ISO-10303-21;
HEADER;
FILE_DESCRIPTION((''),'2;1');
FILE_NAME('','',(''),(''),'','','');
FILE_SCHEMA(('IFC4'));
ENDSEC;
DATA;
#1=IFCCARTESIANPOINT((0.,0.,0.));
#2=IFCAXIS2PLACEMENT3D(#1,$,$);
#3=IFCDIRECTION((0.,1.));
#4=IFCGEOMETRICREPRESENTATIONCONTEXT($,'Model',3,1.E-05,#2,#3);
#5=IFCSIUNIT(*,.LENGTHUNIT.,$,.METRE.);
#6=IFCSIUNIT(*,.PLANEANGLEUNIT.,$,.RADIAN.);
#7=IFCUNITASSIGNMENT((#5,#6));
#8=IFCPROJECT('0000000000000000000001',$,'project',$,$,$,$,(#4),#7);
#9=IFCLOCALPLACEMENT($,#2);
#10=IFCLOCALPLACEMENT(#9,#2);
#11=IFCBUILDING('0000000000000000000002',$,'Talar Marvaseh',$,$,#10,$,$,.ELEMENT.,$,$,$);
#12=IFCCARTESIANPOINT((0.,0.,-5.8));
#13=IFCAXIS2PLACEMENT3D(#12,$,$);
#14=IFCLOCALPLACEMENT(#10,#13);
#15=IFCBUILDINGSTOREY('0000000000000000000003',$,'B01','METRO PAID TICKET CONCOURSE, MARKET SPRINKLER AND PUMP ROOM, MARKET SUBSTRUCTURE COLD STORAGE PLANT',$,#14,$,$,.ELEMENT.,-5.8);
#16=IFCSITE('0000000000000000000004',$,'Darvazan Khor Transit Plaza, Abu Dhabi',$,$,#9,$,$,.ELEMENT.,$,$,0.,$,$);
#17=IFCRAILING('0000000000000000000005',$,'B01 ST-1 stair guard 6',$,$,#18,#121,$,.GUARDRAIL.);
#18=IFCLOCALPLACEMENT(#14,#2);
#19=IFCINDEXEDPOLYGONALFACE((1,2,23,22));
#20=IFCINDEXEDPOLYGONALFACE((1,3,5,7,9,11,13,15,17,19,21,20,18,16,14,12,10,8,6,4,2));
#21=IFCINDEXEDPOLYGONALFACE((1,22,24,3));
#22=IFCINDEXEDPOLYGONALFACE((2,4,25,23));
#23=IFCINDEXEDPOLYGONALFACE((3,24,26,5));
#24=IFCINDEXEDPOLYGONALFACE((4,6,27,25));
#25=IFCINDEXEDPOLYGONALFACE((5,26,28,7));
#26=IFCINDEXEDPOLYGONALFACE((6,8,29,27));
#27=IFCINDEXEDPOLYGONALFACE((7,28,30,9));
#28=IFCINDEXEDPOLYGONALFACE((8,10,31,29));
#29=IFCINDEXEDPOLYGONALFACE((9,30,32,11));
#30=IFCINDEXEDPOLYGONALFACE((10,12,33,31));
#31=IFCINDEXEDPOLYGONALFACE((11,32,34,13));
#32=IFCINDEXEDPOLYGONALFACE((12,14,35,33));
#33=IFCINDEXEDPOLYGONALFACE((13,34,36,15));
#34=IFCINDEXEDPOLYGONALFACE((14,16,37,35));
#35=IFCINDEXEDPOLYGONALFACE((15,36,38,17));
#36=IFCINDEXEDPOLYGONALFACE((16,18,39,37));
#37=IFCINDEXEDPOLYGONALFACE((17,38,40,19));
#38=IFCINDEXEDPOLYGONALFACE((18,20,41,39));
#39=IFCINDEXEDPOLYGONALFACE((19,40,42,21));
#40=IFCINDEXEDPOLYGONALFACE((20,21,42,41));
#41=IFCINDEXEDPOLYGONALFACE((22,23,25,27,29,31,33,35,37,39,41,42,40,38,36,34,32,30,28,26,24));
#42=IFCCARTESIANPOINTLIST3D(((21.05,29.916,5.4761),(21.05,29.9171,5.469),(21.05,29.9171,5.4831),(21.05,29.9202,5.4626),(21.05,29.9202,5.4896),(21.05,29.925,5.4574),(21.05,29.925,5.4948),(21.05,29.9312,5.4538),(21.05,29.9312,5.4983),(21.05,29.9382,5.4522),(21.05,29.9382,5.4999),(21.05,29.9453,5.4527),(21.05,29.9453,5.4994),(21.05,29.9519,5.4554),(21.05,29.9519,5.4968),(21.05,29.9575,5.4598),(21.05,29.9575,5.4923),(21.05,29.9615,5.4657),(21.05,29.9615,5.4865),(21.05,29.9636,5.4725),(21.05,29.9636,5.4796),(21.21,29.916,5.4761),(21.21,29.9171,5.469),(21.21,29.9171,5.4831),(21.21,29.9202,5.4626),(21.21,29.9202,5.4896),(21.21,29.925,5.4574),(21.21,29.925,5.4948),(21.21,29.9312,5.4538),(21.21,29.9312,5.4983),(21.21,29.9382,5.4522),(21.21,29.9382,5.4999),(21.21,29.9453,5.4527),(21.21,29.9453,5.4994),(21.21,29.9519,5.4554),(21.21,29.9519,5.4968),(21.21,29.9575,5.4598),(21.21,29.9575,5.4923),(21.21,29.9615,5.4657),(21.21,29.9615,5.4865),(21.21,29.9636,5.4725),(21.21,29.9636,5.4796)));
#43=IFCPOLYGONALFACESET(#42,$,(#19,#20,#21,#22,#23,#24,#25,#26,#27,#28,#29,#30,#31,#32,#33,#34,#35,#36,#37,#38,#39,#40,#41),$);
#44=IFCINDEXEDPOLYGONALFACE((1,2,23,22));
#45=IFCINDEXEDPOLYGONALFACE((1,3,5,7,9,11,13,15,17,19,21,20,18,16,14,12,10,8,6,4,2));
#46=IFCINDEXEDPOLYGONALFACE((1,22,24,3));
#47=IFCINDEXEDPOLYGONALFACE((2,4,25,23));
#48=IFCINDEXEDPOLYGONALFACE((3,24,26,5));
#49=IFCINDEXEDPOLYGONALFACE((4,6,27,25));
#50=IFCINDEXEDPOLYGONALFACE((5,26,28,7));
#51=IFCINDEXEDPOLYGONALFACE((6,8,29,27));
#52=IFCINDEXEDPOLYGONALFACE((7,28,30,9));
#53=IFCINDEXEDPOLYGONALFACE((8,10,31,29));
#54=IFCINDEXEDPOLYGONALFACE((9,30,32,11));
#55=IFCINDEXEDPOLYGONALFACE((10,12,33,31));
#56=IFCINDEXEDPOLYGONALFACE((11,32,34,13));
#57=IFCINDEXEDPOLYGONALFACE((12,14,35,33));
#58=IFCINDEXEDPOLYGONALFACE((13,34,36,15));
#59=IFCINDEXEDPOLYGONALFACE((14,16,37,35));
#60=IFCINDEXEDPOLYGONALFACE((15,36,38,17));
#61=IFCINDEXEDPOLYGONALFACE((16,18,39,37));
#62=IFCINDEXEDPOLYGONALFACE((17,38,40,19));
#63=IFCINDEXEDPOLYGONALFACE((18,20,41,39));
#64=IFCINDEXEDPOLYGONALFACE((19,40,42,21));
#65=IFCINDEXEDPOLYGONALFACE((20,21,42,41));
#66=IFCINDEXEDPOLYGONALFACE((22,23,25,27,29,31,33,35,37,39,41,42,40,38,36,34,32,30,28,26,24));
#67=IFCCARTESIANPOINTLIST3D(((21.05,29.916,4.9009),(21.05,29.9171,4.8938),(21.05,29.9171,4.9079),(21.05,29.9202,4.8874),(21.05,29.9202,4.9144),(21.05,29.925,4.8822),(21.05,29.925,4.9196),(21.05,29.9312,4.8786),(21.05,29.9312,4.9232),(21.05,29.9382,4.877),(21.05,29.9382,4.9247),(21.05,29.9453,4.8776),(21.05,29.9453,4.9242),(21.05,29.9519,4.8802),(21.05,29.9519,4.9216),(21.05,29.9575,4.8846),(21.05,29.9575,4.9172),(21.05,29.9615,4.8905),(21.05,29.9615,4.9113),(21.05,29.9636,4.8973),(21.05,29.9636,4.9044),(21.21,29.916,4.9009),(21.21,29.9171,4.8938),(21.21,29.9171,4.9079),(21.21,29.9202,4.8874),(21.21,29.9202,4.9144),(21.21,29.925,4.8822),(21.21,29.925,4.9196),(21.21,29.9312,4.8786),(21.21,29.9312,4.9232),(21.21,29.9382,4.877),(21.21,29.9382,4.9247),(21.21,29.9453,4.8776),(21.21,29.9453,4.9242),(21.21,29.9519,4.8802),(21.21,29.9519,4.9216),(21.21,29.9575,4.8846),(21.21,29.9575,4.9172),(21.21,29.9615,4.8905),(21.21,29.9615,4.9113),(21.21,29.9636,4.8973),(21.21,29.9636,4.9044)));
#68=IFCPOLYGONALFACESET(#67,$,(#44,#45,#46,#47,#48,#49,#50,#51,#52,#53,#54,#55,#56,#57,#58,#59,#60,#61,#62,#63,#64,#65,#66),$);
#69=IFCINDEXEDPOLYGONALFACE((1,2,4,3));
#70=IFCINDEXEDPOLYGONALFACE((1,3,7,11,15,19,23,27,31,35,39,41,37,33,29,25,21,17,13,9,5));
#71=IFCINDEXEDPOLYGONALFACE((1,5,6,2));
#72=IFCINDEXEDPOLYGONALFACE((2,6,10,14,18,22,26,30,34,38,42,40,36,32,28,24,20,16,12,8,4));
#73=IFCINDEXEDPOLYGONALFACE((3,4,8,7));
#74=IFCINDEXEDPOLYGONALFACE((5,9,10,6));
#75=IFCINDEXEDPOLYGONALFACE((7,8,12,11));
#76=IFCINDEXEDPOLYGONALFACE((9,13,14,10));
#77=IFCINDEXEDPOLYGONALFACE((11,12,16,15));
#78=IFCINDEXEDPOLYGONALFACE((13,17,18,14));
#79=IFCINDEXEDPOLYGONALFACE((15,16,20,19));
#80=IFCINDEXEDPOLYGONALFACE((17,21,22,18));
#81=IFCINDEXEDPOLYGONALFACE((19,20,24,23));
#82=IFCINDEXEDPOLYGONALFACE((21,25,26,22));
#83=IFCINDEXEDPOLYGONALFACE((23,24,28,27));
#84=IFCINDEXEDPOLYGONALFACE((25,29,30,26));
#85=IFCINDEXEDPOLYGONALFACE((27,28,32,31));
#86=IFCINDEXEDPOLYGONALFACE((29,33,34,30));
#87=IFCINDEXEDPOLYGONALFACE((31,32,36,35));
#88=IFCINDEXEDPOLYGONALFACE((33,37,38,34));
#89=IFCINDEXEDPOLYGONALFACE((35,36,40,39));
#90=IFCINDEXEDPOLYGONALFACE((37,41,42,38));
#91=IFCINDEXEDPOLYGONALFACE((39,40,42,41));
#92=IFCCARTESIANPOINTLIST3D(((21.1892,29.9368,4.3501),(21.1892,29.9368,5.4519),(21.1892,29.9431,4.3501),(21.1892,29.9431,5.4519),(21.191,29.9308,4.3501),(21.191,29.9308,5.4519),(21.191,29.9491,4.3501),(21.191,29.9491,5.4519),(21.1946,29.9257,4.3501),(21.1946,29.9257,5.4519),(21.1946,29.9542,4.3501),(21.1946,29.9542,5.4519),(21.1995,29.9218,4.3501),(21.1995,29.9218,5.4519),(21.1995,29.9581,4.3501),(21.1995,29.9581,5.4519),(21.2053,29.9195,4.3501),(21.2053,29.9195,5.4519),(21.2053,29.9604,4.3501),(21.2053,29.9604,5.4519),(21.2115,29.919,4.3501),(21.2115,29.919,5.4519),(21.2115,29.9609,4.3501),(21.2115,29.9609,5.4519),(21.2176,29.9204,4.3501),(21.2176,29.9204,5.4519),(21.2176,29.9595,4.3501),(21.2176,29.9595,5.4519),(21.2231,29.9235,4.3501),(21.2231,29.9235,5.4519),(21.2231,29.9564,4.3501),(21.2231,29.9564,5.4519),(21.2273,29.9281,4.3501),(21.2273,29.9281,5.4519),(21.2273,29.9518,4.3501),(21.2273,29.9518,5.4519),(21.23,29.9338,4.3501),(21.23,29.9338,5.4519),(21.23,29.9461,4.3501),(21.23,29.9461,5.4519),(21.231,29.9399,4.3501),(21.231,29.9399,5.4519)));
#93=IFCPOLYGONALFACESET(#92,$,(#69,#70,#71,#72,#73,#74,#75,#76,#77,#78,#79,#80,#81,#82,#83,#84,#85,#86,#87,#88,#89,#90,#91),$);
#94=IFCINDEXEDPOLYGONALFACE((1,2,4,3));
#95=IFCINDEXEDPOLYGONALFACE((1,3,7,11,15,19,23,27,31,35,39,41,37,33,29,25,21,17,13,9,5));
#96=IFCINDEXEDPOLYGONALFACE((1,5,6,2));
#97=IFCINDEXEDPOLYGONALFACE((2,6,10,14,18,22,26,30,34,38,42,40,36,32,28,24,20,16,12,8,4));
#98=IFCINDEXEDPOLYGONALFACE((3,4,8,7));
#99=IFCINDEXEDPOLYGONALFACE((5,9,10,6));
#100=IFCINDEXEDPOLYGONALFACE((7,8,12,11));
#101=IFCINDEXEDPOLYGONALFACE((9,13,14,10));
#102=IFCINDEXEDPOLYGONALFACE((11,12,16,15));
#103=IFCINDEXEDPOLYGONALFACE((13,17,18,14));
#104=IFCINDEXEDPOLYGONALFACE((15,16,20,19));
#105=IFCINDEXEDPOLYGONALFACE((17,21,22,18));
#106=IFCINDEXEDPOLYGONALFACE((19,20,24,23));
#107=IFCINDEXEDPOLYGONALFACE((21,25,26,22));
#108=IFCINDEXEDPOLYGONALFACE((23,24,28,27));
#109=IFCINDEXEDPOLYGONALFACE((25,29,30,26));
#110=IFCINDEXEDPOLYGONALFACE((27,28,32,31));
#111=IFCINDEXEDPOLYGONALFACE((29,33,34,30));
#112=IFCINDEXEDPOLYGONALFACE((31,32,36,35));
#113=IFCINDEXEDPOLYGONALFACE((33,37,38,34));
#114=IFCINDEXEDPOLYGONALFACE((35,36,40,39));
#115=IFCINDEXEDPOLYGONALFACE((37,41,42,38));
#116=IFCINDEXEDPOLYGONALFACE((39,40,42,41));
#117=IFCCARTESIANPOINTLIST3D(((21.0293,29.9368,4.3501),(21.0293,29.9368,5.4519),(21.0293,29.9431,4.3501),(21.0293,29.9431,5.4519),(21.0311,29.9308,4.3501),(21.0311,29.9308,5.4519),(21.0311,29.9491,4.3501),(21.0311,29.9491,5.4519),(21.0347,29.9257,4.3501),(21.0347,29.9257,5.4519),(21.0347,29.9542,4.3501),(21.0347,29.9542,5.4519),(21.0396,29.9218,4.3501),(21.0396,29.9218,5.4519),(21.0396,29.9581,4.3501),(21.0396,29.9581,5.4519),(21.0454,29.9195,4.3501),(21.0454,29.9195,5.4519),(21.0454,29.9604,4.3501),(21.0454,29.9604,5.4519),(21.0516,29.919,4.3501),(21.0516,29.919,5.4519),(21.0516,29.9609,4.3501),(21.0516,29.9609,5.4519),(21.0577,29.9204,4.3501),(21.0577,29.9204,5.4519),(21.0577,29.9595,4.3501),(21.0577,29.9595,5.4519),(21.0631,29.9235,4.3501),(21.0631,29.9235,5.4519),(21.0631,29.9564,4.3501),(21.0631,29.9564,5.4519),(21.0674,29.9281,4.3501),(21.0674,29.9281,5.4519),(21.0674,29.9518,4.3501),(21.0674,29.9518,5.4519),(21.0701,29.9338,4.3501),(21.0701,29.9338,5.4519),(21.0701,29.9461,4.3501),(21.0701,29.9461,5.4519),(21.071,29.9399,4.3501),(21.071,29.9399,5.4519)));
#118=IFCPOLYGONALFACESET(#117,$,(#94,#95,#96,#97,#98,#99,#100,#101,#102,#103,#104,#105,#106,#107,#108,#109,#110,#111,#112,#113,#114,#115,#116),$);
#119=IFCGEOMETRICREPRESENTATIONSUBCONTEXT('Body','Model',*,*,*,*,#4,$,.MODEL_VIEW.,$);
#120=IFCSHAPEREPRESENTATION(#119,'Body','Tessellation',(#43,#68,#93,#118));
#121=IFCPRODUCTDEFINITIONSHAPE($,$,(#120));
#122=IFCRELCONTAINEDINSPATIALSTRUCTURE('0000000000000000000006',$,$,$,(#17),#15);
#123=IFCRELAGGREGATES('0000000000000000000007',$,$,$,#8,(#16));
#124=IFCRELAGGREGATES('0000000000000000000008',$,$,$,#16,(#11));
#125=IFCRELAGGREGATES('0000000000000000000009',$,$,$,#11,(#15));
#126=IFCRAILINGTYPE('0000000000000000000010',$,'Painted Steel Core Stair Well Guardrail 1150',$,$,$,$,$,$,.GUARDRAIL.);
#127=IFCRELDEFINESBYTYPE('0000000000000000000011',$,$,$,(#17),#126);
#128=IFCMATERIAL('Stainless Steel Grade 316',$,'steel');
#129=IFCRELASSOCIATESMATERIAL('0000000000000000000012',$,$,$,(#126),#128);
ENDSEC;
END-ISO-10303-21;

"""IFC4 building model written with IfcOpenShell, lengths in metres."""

from ifc_helpers import new_model, si_unit, direction, frame, origin, origin_2d, place, context, subcontext, project, spatial, circle, extrude, material, type_object, element, save


model = new_model("IFC4")

# Units and contexts
model_context = context("Model", 3, precision=1e-05, world=origin(), true_north=direction((0.0, 1.0)))
body_context = subcontext(model_context, "Body", "Model", "MODEL_VIEW")
ifc_project = project(units=[si_unit("LENGTHUNIT", "METRE"), si_unit("PLANEANGLEUNIT", "RADIAN")], contexts=[model_context])

# Site, building, storey
site_placement = place(None, origin())
site = spatial("IfcSite", under=ifc_project, at=site_placement, Name="Darvazan Khor Transit Plaza, Abu Dhabi", CompositionType="ELEMENT", RefElevation=0.0)
building_placement = place(site_placement, origin())
building = spatial("IfcBuilding", under=site, at=building_placement, Name="Talar Marvaseh", CompositionType="ELEMENT")
storey_placement = place(building_placement, frame((0.0, 0.0, -5.8)))
storey = spatial("IfcBuildingStorey", under=building, at=storey_placement, Name="B01", Description="METRO PAID TICKET CONCOURSE, MARKET SPRINKLER AND PUMP ROOM, MARKET SUBSTRUCTURE COLD STORAGE PLANT", CompositionType="ELEMENT", Elevation=-5.8)

# Shared definitions
ifc_material_1 = material(Name="Stainless Steel Grade 316", Category="steel")

# Railing
railing_type_1 = type_object("IfcRailingType", Name="Painted Steel Core Stair Well Guardrail 1150", PredefinedType="GUARDRAIL", material=ifc_material_1)
railing_1_placement = place(storey_placement, frame((21.21, 29.9399, 4.3501)))
element("IfcRailing", 1, at=railing_1_placement, inside=storey, type_object=railing_type_1, Name="B01 ST-1 stair guard 6", PredefinedType="GUARDRAIL", context=body_context, shape_type="SweptSolid", body=[
    extrude(circle(Radius=0.0239, at=origin_2d()), frame((0.0, 0.0, 1.126), z_axis=(-1.0, 0.0, 0.0), x_axis=(0.0, -1.0, 0.0)), (0.0, 0.0, 1.0), 0.1599),
    extrude(circle(Radius=0.0239, at=origin_2d()), frame((0.0, 0.0, 0.5508), z_axis=(-1.0, 0.0, 0.0), x_axis=(0.0, -1.0, 0.0)), (0.0, 0.0, 1.0), 0.1599),
    extrude(circle(Radius=0.021, at=origin_2d()), origin(), (0.0, 0.0, 1.0), 1.1018),
    extrude(circle(Radius=0.021, at=origin_2d()), frame((-0.1599, 0.0, 0.0)), (0.0, 0.0, 1.0), 1.1018),
])

save(model, "model.ifc")
